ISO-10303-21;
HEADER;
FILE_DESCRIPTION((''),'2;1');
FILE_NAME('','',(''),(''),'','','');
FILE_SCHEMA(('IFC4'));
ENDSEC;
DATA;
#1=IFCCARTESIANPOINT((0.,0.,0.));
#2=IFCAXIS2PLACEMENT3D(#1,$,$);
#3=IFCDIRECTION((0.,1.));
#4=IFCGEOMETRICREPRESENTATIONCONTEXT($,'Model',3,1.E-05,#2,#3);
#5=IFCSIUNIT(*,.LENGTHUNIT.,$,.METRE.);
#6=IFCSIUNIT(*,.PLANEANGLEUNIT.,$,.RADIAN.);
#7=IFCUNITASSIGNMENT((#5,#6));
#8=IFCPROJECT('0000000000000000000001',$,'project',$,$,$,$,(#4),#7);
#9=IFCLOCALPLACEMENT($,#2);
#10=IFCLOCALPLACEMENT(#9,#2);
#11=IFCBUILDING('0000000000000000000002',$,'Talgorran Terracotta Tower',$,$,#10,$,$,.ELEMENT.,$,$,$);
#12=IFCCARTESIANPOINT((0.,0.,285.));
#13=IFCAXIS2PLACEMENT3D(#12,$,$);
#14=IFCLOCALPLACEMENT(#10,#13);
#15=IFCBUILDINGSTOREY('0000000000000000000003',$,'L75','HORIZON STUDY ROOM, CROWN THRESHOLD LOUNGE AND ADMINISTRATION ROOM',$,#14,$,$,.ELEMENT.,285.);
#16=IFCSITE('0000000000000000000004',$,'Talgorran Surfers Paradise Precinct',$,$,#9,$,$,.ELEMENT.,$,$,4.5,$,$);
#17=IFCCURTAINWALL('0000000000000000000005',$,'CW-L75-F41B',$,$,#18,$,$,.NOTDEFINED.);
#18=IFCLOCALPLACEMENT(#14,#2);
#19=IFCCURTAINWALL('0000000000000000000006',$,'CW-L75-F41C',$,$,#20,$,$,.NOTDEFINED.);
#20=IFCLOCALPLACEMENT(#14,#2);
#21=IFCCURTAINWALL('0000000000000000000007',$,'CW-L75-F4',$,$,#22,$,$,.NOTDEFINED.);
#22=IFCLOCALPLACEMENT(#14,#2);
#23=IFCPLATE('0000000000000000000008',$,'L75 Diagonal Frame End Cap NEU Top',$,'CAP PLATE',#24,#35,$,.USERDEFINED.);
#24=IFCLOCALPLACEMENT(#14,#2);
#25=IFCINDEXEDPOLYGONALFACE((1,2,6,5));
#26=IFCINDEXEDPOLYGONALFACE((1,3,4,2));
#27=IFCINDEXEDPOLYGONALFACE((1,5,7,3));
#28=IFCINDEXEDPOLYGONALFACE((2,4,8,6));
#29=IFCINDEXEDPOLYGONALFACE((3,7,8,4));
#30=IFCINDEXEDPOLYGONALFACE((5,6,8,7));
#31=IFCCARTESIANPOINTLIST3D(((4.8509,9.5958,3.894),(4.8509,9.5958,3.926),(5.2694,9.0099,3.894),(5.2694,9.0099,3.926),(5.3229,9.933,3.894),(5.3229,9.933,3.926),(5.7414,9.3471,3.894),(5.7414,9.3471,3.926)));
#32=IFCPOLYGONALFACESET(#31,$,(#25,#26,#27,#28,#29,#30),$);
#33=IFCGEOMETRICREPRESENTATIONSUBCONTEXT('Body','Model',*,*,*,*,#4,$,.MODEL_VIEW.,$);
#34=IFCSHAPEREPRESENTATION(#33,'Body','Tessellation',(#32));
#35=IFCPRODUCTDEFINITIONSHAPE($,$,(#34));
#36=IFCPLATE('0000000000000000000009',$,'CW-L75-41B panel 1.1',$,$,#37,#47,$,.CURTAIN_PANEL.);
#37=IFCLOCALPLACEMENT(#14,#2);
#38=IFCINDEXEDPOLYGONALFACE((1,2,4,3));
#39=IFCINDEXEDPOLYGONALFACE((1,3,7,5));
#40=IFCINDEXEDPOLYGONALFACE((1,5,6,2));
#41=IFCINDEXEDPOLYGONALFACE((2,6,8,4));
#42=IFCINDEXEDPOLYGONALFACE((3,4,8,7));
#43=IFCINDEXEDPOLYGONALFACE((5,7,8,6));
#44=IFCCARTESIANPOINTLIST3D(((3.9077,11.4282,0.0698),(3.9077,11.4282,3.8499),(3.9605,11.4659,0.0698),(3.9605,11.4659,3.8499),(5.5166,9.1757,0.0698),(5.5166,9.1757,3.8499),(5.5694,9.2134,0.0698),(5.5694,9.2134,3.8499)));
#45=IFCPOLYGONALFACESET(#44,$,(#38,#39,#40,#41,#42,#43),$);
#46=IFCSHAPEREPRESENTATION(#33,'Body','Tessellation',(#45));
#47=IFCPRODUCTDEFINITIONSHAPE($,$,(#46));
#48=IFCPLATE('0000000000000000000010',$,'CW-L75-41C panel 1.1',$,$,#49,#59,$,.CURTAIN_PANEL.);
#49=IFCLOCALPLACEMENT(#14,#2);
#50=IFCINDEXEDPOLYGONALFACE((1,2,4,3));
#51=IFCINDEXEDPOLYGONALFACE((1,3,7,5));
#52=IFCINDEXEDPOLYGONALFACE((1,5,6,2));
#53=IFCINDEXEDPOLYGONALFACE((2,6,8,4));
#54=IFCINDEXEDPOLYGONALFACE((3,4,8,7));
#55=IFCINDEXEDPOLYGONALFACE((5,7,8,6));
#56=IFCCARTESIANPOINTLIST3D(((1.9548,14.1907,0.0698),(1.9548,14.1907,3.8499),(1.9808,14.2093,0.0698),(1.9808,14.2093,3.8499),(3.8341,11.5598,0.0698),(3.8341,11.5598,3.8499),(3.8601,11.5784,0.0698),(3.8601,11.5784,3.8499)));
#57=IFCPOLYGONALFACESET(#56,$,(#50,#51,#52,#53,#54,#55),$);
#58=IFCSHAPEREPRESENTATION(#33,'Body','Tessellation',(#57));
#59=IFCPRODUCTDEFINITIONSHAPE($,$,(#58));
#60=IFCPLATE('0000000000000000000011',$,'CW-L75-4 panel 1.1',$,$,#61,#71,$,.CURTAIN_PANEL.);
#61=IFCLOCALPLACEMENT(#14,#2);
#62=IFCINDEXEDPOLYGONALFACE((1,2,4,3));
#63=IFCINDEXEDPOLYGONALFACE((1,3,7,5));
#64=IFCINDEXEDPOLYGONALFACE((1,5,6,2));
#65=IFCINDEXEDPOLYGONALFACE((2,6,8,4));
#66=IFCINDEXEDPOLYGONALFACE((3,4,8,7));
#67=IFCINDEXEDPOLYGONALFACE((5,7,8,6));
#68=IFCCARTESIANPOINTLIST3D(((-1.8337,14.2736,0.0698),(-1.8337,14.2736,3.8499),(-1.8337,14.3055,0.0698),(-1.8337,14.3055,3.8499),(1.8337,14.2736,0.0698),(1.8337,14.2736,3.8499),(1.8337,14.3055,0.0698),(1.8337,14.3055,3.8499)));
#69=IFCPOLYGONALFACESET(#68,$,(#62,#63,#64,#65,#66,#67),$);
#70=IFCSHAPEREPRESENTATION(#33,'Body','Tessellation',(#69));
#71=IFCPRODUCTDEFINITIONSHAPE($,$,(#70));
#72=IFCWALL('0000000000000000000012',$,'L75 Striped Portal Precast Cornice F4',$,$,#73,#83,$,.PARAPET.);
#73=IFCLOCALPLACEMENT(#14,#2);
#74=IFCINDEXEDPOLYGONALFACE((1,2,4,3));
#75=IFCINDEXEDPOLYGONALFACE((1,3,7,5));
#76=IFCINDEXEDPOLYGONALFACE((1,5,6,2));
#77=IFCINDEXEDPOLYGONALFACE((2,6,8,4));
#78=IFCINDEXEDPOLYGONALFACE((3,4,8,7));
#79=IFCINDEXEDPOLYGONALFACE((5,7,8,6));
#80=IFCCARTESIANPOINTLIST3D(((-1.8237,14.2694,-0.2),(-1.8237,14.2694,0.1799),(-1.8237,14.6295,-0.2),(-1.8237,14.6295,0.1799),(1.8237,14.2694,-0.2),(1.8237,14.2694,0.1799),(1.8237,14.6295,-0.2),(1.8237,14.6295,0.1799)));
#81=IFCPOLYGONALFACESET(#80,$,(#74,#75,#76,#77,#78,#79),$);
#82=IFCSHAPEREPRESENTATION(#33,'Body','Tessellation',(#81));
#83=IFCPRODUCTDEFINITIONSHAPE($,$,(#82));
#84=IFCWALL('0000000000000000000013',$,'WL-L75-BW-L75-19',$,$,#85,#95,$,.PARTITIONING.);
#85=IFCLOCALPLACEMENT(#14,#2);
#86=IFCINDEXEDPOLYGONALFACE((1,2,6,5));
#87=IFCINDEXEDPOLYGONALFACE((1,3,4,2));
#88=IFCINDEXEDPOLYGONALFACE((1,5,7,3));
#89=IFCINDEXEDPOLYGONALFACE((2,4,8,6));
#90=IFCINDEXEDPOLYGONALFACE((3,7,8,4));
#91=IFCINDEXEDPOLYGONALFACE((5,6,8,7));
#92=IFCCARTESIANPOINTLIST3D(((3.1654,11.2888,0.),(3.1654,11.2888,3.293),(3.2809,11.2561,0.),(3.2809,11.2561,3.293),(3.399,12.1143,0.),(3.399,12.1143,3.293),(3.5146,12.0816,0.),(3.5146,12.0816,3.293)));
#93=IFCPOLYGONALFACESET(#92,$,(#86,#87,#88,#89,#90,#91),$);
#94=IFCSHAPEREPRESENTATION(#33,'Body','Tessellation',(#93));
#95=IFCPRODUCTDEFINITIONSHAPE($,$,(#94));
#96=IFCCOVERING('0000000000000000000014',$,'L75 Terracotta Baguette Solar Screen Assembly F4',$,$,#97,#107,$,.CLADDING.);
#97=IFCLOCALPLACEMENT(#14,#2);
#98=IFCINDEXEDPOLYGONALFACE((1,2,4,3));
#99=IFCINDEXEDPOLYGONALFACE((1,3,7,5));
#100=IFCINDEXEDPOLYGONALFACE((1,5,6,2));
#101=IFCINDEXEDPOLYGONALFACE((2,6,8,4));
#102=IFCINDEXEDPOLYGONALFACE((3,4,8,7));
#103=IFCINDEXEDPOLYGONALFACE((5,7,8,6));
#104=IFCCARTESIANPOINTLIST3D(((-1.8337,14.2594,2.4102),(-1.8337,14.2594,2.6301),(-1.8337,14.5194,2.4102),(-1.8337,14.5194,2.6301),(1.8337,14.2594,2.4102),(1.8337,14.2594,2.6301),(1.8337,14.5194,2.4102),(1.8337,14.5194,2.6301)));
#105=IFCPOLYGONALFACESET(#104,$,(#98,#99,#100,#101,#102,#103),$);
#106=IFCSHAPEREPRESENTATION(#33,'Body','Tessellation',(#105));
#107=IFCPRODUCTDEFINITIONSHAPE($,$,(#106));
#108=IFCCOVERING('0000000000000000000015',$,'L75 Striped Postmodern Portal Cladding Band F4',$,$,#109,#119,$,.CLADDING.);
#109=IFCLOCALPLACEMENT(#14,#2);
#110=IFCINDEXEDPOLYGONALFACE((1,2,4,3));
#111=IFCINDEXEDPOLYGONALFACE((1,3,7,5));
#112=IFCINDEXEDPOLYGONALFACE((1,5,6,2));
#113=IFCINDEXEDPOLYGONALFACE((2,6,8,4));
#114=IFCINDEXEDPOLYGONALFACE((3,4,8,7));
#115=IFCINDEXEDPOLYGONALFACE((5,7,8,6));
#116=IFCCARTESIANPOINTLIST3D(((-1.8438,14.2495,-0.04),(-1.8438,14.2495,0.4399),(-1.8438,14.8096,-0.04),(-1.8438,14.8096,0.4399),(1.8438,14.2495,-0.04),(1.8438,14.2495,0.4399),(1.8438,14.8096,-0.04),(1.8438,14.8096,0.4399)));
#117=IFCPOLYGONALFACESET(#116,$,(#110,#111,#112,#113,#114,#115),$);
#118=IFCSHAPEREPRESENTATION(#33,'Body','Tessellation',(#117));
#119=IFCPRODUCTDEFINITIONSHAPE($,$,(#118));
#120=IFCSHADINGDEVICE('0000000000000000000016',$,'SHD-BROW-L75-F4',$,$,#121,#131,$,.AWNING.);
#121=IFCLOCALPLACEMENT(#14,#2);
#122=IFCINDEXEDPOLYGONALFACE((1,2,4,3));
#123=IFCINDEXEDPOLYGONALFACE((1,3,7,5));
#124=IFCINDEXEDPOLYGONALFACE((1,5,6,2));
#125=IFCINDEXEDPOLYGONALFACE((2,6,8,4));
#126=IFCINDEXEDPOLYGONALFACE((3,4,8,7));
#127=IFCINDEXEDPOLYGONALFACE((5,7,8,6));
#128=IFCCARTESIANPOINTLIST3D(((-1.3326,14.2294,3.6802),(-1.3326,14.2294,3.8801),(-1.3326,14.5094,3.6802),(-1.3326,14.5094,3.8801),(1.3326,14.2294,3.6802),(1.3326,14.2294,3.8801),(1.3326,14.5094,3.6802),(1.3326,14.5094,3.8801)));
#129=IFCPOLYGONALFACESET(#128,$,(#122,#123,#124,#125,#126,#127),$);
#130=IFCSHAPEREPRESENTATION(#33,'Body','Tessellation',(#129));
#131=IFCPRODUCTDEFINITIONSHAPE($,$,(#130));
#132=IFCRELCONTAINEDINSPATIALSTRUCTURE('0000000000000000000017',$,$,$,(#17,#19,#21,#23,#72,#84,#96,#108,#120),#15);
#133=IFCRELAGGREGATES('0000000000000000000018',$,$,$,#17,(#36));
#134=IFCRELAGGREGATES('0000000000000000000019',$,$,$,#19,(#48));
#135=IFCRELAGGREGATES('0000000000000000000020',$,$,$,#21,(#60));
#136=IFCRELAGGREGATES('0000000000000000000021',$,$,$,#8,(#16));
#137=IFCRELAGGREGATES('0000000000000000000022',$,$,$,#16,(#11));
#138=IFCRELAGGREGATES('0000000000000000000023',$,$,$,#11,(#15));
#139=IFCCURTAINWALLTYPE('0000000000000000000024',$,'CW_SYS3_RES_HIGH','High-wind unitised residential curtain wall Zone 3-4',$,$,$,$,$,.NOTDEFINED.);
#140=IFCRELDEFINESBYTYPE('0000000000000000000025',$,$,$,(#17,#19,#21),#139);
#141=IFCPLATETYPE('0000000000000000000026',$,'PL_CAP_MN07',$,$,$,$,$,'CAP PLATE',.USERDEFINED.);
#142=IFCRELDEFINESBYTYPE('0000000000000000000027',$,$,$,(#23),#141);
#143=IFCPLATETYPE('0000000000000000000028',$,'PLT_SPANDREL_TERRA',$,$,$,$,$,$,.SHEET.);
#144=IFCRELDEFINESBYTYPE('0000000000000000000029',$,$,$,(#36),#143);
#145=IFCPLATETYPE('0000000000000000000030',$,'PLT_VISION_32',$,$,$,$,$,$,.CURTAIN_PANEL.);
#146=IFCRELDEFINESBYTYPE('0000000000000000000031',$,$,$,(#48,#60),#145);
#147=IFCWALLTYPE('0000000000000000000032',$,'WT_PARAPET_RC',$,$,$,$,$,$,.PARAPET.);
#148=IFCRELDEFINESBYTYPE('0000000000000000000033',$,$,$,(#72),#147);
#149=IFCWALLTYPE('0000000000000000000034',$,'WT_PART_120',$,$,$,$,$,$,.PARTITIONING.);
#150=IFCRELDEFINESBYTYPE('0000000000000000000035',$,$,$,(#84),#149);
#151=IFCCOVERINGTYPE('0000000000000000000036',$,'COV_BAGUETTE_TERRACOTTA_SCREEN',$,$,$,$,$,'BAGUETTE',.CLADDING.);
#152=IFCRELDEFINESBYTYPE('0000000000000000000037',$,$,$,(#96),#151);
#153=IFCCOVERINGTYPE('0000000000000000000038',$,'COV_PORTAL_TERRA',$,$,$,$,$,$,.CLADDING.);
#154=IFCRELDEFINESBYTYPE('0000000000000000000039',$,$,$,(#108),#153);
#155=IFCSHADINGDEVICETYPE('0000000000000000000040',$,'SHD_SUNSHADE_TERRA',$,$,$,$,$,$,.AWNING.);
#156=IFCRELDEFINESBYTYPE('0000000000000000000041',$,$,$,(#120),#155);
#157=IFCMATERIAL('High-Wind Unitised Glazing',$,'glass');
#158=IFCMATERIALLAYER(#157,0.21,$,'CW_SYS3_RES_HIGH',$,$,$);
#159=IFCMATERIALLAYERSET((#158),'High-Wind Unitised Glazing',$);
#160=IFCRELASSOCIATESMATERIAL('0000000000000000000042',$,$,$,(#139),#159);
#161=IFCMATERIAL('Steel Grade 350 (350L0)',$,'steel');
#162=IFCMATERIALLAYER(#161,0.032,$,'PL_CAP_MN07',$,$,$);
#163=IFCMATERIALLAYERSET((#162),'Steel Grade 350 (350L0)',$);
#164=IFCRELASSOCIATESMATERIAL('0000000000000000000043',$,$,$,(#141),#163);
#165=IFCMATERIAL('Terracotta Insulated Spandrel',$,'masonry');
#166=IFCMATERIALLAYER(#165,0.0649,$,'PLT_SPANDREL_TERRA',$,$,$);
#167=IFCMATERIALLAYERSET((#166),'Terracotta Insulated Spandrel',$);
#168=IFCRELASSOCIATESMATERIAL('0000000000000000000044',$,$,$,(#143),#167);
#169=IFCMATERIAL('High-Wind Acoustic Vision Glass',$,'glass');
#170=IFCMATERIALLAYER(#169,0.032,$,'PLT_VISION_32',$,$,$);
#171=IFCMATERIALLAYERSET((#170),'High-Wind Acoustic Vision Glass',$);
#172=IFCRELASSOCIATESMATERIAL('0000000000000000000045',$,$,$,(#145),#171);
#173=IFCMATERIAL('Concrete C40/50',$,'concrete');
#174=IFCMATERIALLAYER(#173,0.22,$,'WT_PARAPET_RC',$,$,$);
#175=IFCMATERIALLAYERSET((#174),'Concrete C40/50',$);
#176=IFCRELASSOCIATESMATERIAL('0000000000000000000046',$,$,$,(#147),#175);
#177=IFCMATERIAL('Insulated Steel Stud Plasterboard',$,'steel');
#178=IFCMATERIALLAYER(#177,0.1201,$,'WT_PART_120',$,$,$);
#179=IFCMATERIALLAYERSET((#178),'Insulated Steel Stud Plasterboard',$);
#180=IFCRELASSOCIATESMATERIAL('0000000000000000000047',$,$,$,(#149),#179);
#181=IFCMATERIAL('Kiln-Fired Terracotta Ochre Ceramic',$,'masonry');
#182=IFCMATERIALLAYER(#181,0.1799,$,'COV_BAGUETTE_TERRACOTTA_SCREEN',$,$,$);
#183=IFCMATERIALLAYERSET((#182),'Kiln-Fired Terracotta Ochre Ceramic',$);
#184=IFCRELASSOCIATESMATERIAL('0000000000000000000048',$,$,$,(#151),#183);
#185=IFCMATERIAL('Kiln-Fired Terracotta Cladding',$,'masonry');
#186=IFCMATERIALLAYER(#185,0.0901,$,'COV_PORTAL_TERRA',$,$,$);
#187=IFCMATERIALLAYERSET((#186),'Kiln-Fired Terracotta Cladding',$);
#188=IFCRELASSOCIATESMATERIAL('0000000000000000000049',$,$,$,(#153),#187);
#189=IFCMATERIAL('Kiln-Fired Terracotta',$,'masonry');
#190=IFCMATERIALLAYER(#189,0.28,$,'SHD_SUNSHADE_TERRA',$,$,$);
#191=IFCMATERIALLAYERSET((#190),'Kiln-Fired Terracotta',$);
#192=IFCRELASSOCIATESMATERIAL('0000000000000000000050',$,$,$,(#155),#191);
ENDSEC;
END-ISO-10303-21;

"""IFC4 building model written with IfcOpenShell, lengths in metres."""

from ifc_helpers import new_model, si_unit, direction, frame, frame_2d, origin, origin_2d, place, context, subcontext, project, spatial, rectangle, extrude, source, transform, mapped, material, layer, layer_set, type_object, type_shapes, element, aggregate, save


model = new_model("IFC4")

# Units and contexts
model_context = context("Model", 3, precision=1e-05, world=origin(), true_north=direction((0.0, 1.0)))
body_context = subcontext(model_context, "Body", "Model", "MODEL_VIEW")
ifc_project = project(units=[si_unit("LENGTHUNIT", "METRE"), si_unit("PLANEANGLEUNIT", "RADIAN")], contexts=[model_context])

# Site, building, storey
site_placement = place(None, origin())
site = spatial("IfcSite", under=ifc_project, at=site_placement, Name="Talgorran Surfers Paradise Precinct", CompositionType="ELEMENT", RefElevation=4.5)
building_placement = place(site_placement, origin())
building = spatial("IfcBuilding", under=site, at=building_placement, Name="Talgorran Terracotta Tower", CompositionType="ELEMENT")
storey_placement = place(building_placement, frame((0.0, 0.0, 285.0)))
storey = spatial("IfcBuildingStorey", under=building, at=storey_placement, Name="L75", Description="HORIZON STUDY ROOM, CROWN THRESHOLD LOUNGE AND ADMINISTRATION ROOM", CompositionType="ELEMENT", Elevation=285.0)

# Shared definitions
ifc_material_1 = material(Name="Steel Grade 350 (350L0)", Category="steel")

# Curtain wall
ifc_material_2 = material(Name="High-Wind Unitised Glazing", Category="glass")
ifc_layer_1 = layer(ifc_material_2, 0.21, Name="CW_SYS3_RES_HIGH")
ifc_layer_set_1 = layer_set([ifc_layer_1], Name="High-Wind Unitised Glazing")
curtain_wall_type = type_object("IfcCurtainWallType", Name="CW_SYS3_RES_HIGH", Description="High-wind unitised residential curtain wall Zone 3-4", PredefinedType="NOTDEFINED", material=ifc_layer_set_1)
curtain_wall_1_placement = place(storey_placement, origin())
curtain_wall_1 = element("IfcCurtainWall", 1, at=curtain_wall_1_placement, inside=storey, type_object=curtain_wall_type, Name="CW-L75-F41B", PredefinedType="NOTDEFINED")

# Curtain wall
curtain_wall_2_placement = place(storey_placement, origin())
curtain_wall_2 = element("IfcCurtainWall", 2, at=curtain_wall_2_placement, inside=storey, type_object=curtain_wall_type, Name="CW-L75-F41C", PredefinedType="NOTDEFINED")

# Curtain wall
curtain_wall_3_placement = place(storey_placement, origin())
curtain_wall_3 = element("IfcCurtainWall", 3, at=curtain_wall_3_placement, inside=storey, type_object=curtain_wall_type, Name="CW-L75-F4", PredefinedType="NOTDEFINED")

# Plate
ifc_layer_2 = layer(ifc_material_1, 0.032, Name="PL_CAP_MN07")
ifc_layer_set_2 = layer_set([ifc_layer_2], Name="Steel Grade 350 (350L0)")
plate_type_1 = type_object("IfcPlateType", Name="PL_CAP_MN07", ElementType="CAP PLATE", PredefinedType="USERDEFINED", material=ifc_layer_set_2)
for number, where, z_axis, x_axis, name in (
    (4, (5.2961, 9.4714, 3.894), (0.0, 0.0, 1.0), (0.581271, -0.81371, 0.0), "L75 Diagonal Frame End Cap NEU Top"),
):
    element("IfcPlate", number, at=place(storey_placement, frame(where, z_axis=z_axis, x_axis=x_axis)), inside=storey, type_object=plate_type_1, Name=name, ObjectType="CAP PLATE", PredefinedType="USERDEFINED", context=body_context, shape_type="SweptSolid", body=[
        extrude(rectangle(XDim=0.72, YDim=0.5801, at=origin_2d()), origin(), (0.0, 0.0, 1.0), 0.032),
    ])

# Plates
ifc_material_3 = material(Name="Terracotta Insulated Spandrel", Category="masonry")
ifc_layer_3 = layer(ifc_material_3, 0.0649, Name="PLT_SPANDREL_TERRA")
ifc_layer_set_3 = layer_set([ifc_layer_3], Name="Terracotta Insulated Spandrel")
plate_type_2 = type_object("IfcPlateType", Name="PLT_SPANDREL_TERRA", PredefinedType="SHEET", material=ifc_layer_set_3)
shared_shape_1 = source(origin(), body_context, "Body", "SweptSolid", [
    extrude(rectangle(XDim=2.7681, YDim=0.0649, at=origin_2d()), origin(), (0.0, 0.0, 1.0), 3.78),
])
type_shapes(plate_type_2, [shared_shape_1])
plate_1_placement = place(storey_placement, frame((4.7385, 10.3208, 0.0698), z_axis=(0.0, 0.0, 1.0), x_axis=(-0.581235, 0.813736, 0.0)))
plate_1 = element("IfcPlate", 5, at=plate_1_placement, type_object=plate_type_2, Name="CW-L75-41B panel 1.1", PredefinedType="CURTAIN_PANEL", context=body_context, shape_type="MappedRepresentation", body=[
    mapped(shared_shape_1, transform((0.0, 0.0, 0.0), scale=1.0)),
])
aggregate(curtain_wall_1, [plate_1])
ifc_material_4 = material(Name="High-Wind Acoustic Vision Glass", Category="glass")
ifc_layer_4 = layer(ifc_material_4, 0.032, Name="PLT_VISION_32")
ifc_layer_set_4 = layer_set([ifc_layer_4], Name="High-Wind Acoustic Vision Glass")
plate_type_3 = type_object("IfcPlateType", Name="PLT_VISION_32", PredefinedType="CURTAIN_PANEL", material=ifc_layer_set_4)
shared_shape_2 = source(origin(), body_context, "Body", "SweptSolid", [
    extrude(rectangle(XDim=3.2332, YDim=0.032, at=origin_2d()), origin(), (0.0, 0.0, 1.0), 3.78),
])
plate_2_placement = place(storey_placement, frame((2.9075, 12.8845, 0.0698), z_axis=(0.0, 0.0, 1.0), x_axis=(-0.581249, 0.813725, 0.0)))
plate_2 = element("IfcPlate", 6, at=plate_2_placement, type_object=plate_type_3, Name="CW-L75-41C panel 1.1", PredefinedType="CURTAIN_PANEL", context=body_context, shape_type="MappedRepresentation", body=[
    mapped(shared_shape_2, transform((0.0, 0.0, 0.0), scale=1.0)),
])
aggregate(curtain_wall_2, [plate_2])
shared_shape_3 = source(origin(), body_context, "Body", "SweptSolid", [
    extrude(rectangle(XDim=3.6675, YDim=0.032, at=origin_2d()), origin(), (0.0, 0.0, 1.0), 3.78),
])
type_shapes(plate_type_3, [shared_shape_2, shared_shape_3])
plate_3_placement = place(storey_placement, frame((0.0, 14.2896, 0.0698), z_axis=(0.0, 0.0, 1.0), x_axis=(-1.0, 0.0, 0.0)))
plate_3 = element("IfcPlate", 7, at=plate_3_placement, type_object=plate_type_3, Name="CW-L75-4 panel 1.1", PredefinedType="CURTAIN_PANEL", context=body_context, shape_type="MappedRepresentation", body=[
    mapped(shared_shape_3, transform((0.0, 0.0, 0.0), scale=1.0)),
])
aggregate(curtain_wall_3, [plate_3])

# Walls
ifc_material_5 = material(Name="Concrete C40/50", Category="concrete")
ifc_layer_5 = layer(ifc_material_5, 0.22, Name="WT_PARAPET_RC")
ifc_layer_set_5 = layer_set([ifc_layer_5], Name="Concrete C40/50")
wall_type_1 = type_object("IfcWallType", Name="WT_PARAPET_RC", PredefinedType="PARAPET", material=ifc_layer_set_5)
wall_1_placement = place(storey_placement, frame((1.8237, 14.4495, -0.2), z_axis=(0.0, 0.0, 1.0), x_axis=(-1.0, 0.0, 0.0)))
element("IfcWall", 8, at=wall_1_placement, inside=storey, type_object=wall_type_1, Name="L75 Striped Portal Precast Cornice F4", PredefinedType="PARAPET", context=body_context, shape_type="SweptSolid", body=[
    extrude(rectangle(XDim=3.6475, YDim=0.3601, at=frame_2d((1.8237, 0.0))), origin(), (0.0, 0.0, 1.0), 0.3799),
])
ifc_material_6 = material(Name="Insulated Steel Stud Plasterboard", Category="steel")
ifc_layer_6 = layer(ifc_material_6, 0.1201, Name="WT_PART_120")
ifc_layer_set_6 = layer_set([ifc_layer_6], Name="Insulated Steel Stud Plasterboard")
wall_type_2 = type_object("IfcWallType", Name="WT_PART_120", PredefinedType="PARTITIONING", material=ifc_layer_set_6)
wall_2_placement = place(storey_placement, frame((3.2231, 11.2725, 0.0), z_axis=(0.0, 0.0, 1.0), x_axis=(0.272352, 0.962198, 0.0)))
element("IfcWall", 9, at=wall_2_placement, inside=storey, type_object=wall_type_2, Name="WL-L75-BW-L75-19", PredefinedType="PARTITIONING", context=body_context, shape_type="SweptSolid", body=[
    extrude(rectangle(XDim=0.8579, YDim=0.1201, at=frame_2d((0.429, 0.0))), origin(), (0.0, 0.0, 1.0), 3.293),
])

# Coverings
ifc_material_7 = material(Name="Kiln-Fired Terracotta Ochre Ceramic", Category="masonry")
ifc_layer_7 = layer(ifc_material_7, 0.1799, Name="COV_BAGUETTE_TERRACOTTA_SCREEN")
ifc_layer_set_7 = layer_set([ifc_layer_7], Name="Kiln-Fired Terracotta Ochre Ceramic")
covering_type_1 = type_object("IfcCoveringType", Name="COV_BAGUETTE_TERRACOTTA_SCREEN", ElementType="BAGUETTE", PredefinedType="CLADDING", material=ifc_layer_set_7)
covering_1_placement = place(storey_placement, frame((0.0, 14.3894, 2.4102), z_axis=(0.0, 0.0, 1.0), x_axis=(-1.0, 0.0, 0.0)))
element("IfcCovering", 10, at=covering_1_placement, inside=storey, type_object=covering_type_1, Name="L75 Terracotta Baguette Solar Screen Assembly F4", PredefinedType="CLADDING", context=body_context, shape_type="SweptSolid", body=[
    extrude(rectangle(XDim=3.6675, YDim=0.26, at=origin_2d()), origin(), (0.0, 0.0, 1.0), 0.22),
])
ifc_material_8 = material(Name="Kiln-Fired Terracotta Cladding", Category="masonry")
ifc_layer_8 = layer(ifc_material_8, 0.0901, Name="COV_PORTAL_TERRA")
ifc_layer_set_8 = layer_set([ifc_layer_8], Name="Kiln-Fired Terracotta Cladding")
covering_type_2 = type_object("IfcCoveringType", Name="COV_PORTAL_TERRA", PredefinedType="CLADDING", material=ifc_layer_set_8)
covering_2_placement = place(storey_placement, frame((0.0, 14.5295, -0.04), z_axis=(0.0, 0.0, 1.0), x_axis=(-1.0, 0.0, 0.0)))
element("IfcCovering", 11, at=covering_2_placement, inside=storey, type_object=covering_type_2, Name="L75 Striped Postmodern Portal Cladding Band F4", PredefinedType="CLADDING", context=body_context, shape_type="SweptSolid", body=[
    extrude(rectangle(XDim=3.6875, YDim=0.5601, at=origin_2d()), origin(), (0.0, 0.0, 1.0), 0.48),
])

# Shading device
ifc_material_9 = material(Name="Kiln-Fired Terracotta", Category="masonry")
ifc_layer_9 = layer(ifc_material_9, 0.28, Name="SHD_SUNSHADE_TERRA")
ifc_layer_set_9 = layer_set([ifc_layer_9], Name="Kiln-Fired Terracotta")
shading_device_type = type_object("IfcShadingDeviceType", Name="SHD_SUNSHADE_TERRA", PredefinedType="AWNING", material=ifc_layer_set_9)
shared_shape_4 = source(origin(), body_context, "Body", "SweptSolid", [
    extrude(rectangle(XDim=2.6653, YDim=0.28, at=origin_2d()), origin(), (0.0, 0.0, 1.0), 0.2),
])
type_shapes(shading_device_type, [shared_shape_4])
shading_device_placement = place(storey_placement, frame((0.0, 14.3694, 3.6802), z_axis=(0.0, 0.0, 1.0), x_axis=(-1.0, 0.0, 0.0)))
element("IfcShadingDevice", 12, at=shading_device_placement, inside=storey, type_object=shading_device_type, Name="SHD-BROW-L75-F4", PredefinedType="AWNING", context=body_context, shape_type="MappedRepresentation", body=[
    mapped(shared_shape_4, transform((0.0, 0.0, 0.0), scale=1.0)),
])

save(model, "model.ifc")
